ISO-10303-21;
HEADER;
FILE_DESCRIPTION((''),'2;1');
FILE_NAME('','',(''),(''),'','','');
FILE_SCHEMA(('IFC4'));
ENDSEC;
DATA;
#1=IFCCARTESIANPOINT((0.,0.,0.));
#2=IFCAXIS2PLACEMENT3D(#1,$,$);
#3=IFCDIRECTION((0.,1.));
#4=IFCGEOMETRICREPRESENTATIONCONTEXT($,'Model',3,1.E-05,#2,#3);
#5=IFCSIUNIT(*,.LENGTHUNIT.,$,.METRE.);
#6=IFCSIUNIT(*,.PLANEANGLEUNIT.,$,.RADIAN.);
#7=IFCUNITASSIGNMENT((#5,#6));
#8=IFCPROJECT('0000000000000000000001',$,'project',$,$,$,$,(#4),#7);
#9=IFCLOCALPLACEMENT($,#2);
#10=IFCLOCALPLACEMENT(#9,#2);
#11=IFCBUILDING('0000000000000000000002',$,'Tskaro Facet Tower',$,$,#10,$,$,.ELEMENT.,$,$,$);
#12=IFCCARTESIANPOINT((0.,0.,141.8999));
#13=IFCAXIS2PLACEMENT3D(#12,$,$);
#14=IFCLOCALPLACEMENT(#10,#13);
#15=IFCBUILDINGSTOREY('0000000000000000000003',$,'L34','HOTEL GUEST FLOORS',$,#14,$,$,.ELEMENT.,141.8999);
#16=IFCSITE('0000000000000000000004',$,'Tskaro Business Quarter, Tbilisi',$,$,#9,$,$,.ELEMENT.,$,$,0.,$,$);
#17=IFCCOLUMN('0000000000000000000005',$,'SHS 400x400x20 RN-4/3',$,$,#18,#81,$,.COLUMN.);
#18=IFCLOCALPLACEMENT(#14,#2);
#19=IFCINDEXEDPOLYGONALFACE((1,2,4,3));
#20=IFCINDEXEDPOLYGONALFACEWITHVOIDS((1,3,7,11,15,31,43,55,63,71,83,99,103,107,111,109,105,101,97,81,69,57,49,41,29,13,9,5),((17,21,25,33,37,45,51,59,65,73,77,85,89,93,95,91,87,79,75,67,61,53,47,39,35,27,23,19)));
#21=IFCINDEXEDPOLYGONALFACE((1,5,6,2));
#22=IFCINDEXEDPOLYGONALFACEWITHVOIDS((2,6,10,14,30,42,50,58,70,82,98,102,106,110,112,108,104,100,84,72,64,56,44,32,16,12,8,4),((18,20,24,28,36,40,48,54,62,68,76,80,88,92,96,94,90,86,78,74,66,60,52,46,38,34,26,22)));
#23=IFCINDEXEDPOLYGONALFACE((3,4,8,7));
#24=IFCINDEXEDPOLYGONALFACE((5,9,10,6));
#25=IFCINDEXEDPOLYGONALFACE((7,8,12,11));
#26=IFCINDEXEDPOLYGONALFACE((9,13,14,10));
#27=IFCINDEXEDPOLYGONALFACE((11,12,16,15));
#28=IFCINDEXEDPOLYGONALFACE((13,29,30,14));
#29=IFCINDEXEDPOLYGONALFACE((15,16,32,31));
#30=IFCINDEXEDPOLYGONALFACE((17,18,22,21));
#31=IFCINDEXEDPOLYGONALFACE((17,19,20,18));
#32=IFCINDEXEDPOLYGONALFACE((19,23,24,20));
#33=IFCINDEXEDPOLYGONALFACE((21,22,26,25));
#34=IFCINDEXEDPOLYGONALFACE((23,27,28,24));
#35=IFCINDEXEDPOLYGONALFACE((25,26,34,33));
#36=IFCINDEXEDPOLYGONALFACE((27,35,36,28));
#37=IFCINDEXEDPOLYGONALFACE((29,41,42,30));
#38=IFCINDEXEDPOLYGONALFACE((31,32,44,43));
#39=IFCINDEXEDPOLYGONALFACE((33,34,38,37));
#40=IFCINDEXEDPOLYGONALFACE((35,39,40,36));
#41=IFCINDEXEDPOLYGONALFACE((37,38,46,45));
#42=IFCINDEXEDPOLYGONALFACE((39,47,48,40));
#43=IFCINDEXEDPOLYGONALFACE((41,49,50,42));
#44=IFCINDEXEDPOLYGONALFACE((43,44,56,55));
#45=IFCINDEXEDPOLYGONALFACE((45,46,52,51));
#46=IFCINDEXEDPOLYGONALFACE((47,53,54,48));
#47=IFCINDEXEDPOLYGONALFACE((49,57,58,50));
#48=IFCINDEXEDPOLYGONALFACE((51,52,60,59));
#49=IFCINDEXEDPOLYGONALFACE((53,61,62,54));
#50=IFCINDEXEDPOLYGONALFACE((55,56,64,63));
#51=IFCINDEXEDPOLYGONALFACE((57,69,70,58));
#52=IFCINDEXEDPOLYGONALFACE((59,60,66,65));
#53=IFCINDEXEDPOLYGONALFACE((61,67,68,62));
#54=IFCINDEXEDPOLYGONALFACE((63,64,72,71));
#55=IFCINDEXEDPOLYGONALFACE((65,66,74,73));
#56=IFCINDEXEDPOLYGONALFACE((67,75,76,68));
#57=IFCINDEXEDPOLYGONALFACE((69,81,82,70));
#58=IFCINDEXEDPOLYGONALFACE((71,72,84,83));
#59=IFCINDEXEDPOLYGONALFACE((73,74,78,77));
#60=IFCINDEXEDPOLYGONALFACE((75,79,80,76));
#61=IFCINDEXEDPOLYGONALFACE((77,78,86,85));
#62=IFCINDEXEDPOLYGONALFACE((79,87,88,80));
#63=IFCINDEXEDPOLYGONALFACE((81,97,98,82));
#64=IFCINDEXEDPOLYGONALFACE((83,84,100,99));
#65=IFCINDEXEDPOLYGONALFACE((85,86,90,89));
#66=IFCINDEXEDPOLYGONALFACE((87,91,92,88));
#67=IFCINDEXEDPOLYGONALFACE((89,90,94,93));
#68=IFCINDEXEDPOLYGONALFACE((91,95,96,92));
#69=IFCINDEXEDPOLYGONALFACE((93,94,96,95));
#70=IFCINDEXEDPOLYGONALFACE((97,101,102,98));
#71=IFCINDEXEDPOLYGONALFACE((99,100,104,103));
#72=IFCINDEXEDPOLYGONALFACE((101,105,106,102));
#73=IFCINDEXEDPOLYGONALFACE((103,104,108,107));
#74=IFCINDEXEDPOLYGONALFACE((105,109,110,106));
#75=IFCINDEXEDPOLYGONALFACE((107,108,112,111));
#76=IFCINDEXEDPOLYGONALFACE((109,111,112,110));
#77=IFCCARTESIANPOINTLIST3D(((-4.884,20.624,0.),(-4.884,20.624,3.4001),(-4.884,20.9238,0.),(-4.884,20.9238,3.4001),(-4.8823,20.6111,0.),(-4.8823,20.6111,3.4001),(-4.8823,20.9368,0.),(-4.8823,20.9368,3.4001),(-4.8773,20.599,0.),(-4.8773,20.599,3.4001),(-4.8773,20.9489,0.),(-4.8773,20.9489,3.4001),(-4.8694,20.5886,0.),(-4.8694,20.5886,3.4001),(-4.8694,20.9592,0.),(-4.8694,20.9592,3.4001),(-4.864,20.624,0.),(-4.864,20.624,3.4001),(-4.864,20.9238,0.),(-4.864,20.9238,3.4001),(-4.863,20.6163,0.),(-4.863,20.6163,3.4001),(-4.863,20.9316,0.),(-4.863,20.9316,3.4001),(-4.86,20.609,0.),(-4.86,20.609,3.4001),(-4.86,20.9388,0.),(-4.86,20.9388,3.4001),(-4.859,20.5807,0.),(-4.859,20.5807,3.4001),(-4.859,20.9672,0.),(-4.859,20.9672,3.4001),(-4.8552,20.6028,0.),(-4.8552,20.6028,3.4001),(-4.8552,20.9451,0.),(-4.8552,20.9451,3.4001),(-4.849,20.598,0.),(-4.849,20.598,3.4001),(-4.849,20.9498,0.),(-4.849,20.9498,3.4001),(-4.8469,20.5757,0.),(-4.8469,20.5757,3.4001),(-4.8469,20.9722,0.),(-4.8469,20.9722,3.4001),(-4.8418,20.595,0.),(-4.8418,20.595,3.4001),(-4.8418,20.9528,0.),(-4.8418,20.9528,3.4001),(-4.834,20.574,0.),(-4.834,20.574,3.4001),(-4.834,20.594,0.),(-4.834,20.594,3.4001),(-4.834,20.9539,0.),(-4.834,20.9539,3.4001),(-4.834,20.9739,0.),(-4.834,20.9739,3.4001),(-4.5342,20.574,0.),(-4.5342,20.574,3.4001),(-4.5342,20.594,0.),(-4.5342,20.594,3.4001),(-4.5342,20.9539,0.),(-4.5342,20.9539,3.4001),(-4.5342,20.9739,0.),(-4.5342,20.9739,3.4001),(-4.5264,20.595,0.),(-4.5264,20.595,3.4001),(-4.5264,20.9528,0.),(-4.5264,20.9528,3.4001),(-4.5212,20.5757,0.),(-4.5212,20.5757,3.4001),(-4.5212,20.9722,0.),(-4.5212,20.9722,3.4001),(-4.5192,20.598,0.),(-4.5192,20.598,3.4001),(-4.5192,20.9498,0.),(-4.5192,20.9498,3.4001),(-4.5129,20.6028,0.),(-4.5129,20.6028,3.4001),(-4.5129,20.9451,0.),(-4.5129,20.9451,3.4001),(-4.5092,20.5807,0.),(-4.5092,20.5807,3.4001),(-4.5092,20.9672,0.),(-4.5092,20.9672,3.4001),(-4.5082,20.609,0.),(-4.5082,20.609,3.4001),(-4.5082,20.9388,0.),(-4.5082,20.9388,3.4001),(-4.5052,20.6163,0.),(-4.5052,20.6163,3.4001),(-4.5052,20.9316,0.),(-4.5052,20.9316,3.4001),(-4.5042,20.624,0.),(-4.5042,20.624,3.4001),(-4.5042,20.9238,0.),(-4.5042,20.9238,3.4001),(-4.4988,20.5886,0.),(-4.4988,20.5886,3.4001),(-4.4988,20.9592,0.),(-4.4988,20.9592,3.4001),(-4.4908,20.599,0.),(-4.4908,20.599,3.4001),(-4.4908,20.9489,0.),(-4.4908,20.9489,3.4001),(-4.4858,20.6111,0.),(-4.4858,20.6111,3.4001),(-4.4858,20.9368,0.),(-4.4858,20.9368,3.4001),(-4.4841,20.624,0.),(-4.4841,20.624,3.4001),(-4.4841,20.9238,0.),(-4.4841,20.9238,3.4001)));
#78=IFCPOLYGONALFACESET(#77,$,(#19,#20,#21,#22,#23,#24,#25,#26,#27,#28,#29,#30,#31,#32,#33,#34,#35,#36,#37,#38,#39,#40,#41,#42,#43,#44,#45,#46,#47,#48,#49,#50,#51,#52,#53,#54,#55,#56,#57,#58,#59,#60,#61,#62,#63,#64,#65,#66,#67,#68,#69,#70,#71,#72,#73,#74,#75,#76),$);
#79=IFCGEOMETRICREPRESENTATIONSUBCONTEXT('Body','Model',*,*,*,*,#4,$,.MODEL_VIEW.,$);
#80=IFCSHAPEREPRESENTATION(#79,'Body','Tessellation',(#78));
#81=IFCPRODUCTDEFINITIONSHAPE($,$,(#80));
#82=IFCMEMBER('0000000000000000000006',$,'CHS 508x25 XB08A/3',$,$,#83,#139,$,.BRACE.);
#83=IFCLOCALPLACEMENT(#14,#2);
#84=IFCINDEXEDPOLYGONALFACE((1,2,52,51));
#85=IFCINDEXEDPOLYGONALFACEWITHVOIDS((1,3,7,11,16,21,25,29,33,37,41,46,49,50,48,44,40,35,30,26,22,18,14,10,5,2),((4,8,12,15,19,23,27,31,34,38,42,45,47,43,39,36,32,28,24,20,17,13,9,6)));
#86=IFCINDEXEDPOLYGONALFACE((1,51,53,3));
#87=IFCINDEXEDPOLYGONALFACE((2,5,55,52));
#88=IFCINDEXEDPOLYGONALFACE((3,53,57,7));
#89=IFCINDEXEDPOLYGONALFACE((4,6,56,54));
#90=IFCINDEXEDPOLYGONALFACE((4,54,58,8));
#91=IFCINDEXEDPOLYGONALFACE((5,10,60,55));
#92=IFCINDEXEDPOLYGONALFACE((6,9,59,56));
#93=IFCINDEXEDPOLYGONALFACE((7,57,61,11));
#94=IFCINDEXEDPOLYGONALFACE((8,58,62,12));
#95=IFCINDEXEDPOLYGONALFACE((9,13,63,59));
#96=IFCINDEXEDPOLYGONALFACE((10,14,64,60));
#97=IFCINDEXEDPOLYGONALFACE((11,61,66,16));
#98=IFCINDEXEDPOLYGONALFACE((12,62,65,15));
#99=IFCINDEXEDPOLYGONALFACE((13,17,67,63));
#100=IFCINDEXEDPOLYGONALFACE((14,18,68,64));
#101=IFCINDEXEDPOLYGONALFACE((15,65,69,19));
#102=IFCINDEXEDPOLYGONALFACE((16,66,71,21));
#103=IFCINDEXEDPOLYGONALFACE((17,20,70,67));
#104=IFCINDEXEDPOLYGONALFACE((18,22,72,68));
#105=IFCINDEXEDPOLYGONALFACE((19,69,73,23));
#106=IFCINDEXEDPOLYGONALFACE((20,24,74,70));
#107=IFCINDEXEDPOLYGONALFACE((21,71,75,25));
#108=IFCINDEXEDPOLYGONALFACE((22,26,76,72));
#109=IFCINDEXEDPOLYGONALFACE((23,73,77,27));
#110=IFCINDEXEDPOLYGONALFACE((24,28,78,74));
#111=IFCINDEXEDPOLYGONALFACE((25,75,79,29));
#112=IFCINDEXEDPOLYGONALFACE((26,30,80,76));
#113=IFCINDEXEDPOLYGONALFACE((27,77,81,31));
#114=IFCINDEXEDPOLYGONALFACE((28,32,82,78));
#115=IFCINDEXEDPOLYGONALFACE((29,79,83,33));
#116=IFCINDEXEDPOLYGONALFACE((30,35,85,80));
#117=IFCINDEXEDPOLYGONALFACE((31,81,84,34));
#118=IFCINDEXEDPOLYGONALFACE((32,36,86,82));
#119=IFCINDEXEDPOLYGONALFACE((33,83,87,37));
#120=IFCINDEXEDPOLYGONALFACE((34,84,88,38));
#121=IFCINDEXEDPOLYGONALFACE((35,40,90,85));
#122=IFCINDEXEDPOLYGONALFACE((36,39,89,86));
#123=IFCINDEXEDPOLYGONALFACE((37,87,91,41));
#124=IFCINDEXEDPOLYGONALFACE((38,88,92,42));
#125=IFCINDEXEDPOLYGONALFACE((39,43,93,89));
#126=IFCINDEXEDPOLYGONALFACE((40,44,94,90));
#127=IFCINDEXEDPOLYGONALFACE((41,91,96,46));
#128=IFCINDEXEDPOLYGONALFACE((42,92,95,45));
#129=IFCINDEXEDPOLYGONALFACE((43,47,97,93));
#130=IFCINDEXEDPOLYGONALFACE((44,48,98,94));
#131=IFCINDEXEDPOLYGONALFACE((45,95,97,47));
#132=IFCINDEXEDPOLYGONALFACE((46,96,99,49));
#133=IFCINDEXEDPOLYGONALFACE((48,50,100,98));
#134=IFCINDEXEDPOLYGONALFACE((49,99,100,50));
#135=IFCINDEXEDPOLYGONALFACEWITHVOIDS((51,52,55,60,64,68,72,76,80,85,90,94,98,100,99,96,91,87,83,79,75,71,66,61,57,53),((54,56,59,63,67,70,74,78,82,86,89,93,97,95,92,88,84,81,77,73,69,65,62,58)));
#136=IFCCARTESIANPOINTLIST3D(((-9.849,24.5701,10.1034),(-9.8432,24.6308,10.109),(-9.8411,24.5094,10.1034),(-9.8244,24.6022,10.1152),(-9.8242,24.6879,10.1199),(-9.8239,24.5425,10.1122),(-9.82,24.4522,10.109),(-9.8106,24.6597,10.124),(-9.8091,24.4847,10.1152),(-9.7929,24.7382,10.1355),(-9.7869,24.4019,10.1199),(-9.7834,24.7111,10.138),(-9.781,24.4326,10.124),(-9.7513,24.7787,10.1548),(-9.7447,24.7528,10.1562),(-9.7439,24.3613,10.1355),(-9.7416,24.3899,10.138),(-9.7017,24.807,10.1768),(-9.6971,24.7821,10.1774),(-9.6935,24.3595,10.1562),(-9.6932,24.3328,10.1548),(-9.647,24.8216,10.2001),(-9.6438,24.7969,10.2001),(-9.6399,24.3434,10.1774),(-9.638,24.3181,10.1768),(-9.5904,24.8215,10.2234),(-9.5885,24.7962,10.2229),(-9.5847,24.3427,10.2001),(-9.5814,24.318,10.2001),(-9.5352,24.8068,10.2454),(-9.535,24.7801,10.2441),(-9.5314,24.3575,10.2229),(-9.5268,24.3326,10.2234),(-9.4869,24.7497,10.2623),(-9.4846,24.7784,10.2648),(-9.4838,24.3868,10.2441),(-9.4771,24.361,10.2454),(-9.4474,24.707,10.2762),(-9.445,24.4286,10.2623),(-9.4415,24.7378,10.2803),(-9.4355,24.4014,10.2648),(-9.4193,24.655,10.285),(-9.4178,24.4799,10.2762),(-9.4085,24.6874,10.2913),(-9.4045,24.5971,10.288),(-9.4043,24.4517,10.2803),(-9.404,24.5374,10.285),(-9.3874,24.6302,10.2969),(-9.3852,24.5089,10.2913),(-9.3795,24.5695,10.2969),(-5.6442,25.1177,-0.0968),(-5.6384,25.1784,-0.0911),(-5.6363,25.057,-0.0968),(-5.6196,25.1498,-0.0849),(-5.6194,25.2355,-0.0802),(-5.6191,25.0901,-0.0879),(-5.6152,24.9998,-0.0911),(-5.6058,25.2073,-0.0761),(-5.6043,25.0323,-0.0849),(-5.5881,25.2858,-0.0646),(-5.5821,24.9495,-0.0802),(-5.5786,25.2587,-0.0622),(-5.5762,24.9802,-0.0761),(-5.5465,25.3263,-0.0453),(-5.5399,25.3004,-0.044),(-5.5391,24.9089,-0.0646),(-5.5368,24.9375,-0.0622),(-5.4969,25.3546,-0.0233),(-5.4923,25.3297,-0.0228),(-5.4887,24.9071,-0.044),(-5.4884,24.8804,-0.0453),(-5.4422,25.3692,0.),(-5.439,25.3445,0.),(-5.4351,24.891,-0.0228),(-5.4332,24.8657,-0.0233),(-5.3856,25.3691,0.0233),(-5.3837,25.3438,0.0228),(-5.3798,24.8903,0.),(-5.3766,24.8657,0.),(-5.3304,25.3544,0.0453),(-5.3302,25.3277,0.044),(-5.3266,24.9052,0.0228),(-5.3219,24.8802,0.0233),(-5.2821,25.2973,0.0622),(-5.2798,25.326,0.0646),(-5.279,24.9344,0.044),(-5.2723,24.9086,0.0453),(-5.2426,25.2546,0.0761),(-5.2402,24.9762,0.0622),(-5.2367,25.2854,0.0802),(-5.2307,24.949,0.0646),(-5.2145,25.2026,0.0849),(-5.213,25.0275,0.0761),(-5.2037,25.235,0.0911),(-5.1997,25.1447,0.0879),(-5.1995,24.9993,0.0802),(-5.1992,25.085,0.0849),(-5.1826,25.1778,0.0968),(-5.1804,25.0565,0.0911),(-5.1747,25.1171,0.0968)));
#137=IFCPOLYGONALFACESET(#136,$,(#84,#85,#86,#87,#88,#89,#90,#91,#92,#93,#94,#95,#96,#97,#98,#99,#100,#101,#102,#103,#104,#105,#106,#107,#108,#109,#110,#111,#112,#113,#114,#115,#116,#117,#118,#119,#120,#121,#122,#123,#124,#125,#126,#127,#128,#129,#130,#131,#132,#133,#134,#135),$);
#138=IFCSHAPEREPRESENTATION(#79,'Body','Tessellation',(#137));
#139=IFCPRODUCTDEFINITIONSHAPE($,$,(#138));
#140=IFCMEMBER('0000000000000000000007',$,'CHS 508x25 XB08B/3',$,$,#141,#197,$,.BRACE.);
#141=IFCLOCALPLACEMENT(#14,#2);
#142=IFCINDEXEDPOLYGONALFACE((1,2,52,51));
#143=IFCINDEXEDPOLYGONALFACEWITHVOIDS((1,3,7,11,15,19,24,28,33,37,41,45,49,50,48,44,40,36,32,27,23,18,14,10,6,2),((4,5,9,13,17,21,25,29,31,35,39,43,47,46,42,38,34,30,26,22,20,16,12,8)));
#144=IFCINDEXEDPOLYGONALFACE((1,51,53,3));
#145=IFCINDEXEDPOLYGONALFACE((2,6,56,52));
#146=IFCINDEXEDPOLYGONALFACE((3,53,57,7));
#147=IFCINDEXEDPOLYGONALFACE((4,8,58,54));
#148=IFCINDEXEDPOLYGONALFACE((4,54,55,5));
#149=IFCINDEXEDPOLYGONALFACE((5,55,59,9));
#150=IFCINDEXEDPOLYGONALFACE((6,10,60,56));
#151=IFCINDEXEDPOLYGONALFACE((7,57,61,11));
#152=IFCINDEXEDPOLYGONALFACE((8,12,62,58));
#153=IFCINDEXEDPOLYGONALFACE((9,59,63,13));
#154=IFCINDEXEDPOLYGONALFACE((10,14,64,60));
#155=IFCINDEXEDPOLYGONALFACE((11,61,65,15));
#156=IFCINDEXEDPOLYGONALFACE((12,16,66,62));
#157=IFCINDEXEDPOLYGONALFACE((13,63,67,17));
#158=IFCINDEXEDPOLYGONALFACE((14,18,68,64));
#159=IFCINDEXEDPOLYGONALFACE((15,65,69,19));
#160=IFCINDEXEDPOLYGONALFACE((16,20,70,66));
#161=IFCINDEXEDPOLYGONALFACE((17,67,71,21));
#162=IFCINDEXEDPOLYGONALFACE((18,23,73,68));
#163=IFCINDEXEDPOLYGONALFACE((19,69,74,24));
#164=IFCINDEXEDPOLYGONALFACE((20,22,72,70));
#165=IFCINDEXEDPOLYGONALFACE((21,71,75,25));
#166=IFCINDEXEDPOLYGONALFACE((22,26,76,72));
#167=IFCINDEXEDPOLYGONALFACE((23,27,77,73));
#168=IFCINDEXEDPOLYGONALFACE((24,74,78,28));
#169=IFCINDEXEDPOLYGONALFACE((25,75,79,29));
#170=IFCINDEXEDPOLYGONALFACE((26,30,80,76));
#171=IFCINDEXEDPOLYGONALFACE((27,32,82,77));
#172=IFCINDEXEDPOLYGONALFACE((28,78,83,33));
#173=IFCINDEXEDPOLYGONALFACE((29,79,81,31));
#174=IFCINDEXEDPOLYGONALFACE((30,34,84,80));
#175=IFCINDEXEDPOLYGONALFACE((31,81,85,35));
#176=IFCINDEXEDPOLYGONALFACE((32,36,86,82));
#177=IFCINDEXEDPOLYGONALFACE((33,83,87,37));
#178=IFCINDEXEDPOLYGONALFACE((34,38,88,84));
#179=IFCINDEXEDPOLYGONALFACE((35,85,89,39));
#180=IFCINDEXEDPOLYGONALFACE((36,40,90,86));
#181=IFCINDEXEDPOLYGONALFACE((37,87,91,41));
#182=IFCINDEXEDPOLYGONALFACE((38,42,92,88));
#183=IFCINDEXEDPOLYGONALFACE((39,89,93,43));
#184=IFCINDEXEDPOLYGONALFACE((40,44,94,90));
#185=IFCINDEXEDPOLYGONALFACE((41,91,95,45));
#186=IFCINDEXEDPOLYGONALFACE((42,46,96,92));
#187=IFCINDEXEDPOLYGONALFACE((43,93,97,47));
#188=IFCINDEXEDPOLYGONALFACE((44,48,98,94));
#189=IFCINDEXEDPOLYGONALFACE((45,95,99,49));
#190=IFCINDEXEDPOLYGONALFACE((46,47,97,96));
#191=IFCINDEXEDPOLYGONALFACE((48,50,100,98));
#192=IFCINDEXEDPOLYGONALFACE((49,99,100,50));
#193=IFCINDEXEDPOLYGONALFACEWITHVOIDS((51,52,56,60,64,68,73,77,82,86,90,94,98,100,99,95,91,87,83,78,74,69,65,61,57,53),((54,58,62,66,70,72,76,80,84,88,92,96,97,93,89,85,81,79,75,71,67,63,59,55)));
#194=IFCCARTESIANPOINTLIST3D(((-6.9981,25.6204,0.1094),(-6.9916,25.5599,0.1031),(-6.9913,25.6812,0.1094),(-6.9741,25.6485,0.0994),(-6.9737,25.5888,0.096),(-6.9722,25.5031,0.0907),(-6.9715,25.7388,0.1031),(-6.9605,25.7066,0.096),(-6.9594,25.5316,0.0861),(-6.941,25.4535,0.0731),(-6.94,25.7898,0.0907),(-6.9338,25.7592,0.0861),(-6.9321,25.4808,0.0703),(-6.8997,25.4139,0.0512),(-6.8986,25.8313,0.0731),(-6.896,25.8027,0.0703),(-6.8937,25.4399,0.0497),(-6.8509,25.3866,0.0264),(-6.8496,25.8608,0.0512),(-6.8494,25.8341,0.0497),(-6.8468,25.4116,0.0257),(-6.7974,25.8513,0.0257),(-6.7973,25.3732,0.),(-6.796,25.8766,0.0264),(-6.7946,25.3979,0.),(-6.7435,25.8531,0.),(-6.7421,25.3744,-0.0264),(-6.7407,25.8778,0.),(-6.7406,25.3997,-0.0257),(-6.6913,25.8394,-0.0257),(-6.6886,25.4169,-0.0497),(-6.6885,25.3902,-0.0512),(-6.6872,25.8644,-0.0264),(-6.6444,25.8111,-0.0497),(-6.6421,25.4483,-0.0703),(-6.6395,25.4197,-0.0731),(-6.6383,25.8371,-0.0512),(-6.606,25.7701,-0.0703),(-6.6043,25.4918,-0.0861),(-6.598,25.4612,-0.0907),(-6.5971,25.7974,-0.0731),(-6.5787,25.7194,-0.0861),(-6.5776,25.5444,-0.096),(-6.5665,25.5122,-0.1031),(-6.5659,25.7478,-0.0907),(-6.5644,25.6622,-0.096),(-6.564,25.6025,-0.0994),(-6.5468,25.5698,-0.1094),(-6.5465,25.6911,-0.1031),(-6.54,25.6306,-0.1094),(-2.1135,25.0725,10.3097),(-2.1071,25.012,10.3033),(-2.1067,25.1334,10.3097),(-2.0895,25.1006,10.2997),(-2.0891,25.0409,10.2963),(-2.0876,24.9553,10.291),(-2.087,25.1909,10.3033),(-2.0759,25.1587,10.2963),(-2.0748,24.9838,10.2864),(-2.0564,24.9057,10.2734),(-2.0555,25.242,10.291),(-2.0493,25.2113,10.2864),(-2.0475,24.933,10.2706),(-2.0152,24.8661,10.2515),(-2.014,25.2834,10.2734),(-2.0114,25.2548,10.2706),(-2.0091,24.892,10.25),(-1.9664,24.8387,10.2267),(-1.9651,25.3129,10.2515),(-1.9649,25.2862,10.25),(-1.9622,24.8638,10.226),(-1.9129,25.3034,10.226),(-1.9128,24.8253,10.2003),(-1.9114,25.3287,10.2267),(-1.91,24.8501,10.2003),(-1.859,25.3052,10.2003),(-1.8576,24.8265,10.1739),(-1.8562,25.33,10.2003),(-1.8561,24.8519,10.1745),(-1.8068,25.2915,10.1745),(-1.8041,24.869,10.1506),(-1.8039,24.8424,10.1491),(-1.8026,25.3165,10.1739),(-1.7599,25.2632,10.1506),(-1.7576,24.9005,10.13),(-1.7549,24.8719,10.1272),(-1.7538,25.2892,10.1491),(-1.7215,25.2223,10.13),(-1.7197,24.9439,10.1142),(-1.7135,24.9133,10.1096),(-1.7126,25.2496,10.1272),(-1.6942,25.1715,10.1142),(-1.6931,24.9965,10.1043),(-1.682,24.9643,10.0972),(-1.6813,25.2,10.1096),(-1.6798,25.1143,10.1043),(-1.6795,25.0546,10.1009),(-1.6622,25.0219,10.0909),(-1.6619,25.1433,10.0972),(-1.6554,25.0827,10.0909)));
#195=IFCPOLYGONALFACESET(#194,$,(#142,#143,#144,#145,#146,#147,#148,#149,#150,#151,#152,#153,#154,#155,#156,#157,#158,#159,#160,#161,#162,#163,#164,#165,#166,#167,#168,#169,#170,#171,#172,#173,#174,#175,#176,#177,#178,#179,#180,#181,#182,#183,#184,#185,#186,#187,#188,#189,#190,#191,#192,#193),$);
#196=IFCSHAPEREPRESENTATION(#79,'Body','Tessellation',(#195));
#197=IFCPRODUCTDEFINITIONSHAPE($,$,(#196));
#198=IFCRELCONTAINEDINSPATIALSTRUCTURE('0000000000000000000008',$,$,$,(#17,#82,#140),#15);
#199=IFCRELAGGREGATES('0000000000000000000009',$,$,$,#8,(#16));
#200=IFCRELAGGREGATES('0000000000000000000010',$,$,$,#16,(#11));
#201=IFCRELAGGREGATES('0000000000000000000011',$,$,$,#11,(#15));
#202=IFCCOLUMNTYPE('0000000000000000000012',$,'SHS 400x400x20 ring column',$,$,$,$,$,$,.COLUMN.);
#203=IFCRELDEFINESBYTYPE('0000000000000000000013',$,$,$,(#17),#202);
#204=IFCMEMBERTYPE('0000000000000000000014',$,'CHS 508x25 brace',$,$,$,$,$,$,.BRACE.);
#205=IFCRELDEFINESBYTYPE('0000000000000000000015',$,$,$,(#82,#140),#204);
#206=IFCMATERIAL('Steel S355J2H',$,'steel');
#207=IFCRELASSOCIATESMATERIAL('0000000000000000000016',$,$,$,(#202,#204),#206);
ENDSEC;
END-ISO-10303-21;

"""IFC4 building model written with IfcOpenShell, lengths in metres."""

from ifc_helpers import new_model, si_unit, direction, frame, origin, origin_2d, place, context, subcontext, project, spatial, hollow_rectangle, hollow_circle, extrude, material, material_profile, profile_set, type_object, element, save


model = new_model("IFC4")

# Units and contexts
model_context = context("Model", 3, precision=1e-05, world=origin(), true_north=direction((0.0, 1.0)))
body_context = subcontext(model_context, "Body", "Model", "MODEL_VIEW")
ifc_project = project(units=[si_unit("LENGTHUNIT", "METRE"), si_unit("PLANEANGLEUNIT", "RADIAN")], contexts=[model_context])

# Site, building, storey
site_placement = place(None, origin())
site = spatial("IfcSite", under=ifc_project, at=site_placement, Name="Tskaro Business Quarter, Tbilisi", CompositionType="ELEMENT", RefElevation=0.0)
building_placement = place(site_placement, origin())
building = spatial("IfcBuilding", under=site, at=building_placement, Name="Tskaro Facet Tower", CompositionType="ELEMENT")
storey_placement = place(building_placement, frame((0.0, 0.0, 141.8999)))
storey = spatial("IfcBuildingStorey", under=building, at=storey_placement, Name="L34", Description="HOTEL GUEST FLOORS", CompositionType="ELEMENT", Elevation=141.8999)

# Column
ifc_material_1 = material(Name="Steel S355J2H", Category="steel")
ifc_material_profile_1 = material_profile(ifc_material_1, hollow_rectangle(XDim=0.3999, YDim=0.3999, WallThickness=0.02, InnerFilletRadius=0.03, OuterFilletRadius=0.05, at=origin_2d()), Name="SHS 400x400x20")
ifc_profile_set_1 = profile_set([ifc_material_profile_1], Name="Steel S355J2H")
column_type = type_object("IfcColumnType", Name="SHS 400x400x20 ring column", PredefinedType="COLUMN", material=ifc_profile_set_1)
column_placement = place(storey_placement, frame((-4.6841, 20.7739, 0.0), z_axis=(0.0, 0.0, 1.0), x_axis=(1.0, 0.0, 0.0)))
element("IfcColumn", 1, at=column_placement, inside=storey, type_object=column_type, Name="SHS 400x400x20 RN-4/3", PredefinedType="COLUMN", context=body_context, shape_type="SweptSolid", body=[
    extrude(hollow_rectangle(XDim=0.3999, YDim=0.3999, WallThickness=0.02, InnerFilletRadius=0.03, OuterFilletRadius=0.05, at=origin_2d()), origin(), (0.0, 0.0, 1.0), 3.4001),
])

# Members
ifc_material_profile_2 = material_profile(ifc_material_1, hollow_circle(Radius=0.2539, WallThickness=0.0249, at=origin_2d()), Name="CHS 508x25")
ifc_profile_set_2 = profile_set([ifc_material_profile_2], Name="Steel S355J2H")
member_type_1 = type_object("IfcMemberType", Name="CHS 508x25 brace", PredefinedType="BRACE", material=ifc_profile_set_2)
member_1_placement = place(storey_placement, frame((-5.4094, 25.1174, 0.0), z_axis=(-0.38065, -0.049573, 0.92339), x_axis=(0.129142, -0.991626, 0.0)))
element("IfcMember", 2, at=member_1_placement, inside=storey, type_object=member_type_1, Name="CHS 508x25 XB08A/3", PredefinedType="BRACE", context=body_context, shape_type="SweptSolid", body=[
    extrude(hollow_circle(Radius=0.2539, WallThickness=0.0249, at=origin_2d()), origin(), (0.0, 0.0, 1.0), 11.0464),
])
member_2_placement = place(storey_placement, frame((-6.769, 25.6255, 0.0), z_axis=(0.431393, -0.048385, 0.900865), x_axis=(0.111462, 0.993769, 0.0)))
element("IfcMember", 3, at=member_2_placement, inside=storey, type_object=member_type_1, Name="CHS 508x25 XB08B/3", PredefinedType="BRACE", context=body_context, shape_type="SweptSolid", body=[
    extrude(hollow_circle(Radius=0.2539, WallThickness=0.0249, at=origin_2d()), origin(), (0.0, 0.0, 1.0), 11.3228),
])

save(model, "model.ifc")
